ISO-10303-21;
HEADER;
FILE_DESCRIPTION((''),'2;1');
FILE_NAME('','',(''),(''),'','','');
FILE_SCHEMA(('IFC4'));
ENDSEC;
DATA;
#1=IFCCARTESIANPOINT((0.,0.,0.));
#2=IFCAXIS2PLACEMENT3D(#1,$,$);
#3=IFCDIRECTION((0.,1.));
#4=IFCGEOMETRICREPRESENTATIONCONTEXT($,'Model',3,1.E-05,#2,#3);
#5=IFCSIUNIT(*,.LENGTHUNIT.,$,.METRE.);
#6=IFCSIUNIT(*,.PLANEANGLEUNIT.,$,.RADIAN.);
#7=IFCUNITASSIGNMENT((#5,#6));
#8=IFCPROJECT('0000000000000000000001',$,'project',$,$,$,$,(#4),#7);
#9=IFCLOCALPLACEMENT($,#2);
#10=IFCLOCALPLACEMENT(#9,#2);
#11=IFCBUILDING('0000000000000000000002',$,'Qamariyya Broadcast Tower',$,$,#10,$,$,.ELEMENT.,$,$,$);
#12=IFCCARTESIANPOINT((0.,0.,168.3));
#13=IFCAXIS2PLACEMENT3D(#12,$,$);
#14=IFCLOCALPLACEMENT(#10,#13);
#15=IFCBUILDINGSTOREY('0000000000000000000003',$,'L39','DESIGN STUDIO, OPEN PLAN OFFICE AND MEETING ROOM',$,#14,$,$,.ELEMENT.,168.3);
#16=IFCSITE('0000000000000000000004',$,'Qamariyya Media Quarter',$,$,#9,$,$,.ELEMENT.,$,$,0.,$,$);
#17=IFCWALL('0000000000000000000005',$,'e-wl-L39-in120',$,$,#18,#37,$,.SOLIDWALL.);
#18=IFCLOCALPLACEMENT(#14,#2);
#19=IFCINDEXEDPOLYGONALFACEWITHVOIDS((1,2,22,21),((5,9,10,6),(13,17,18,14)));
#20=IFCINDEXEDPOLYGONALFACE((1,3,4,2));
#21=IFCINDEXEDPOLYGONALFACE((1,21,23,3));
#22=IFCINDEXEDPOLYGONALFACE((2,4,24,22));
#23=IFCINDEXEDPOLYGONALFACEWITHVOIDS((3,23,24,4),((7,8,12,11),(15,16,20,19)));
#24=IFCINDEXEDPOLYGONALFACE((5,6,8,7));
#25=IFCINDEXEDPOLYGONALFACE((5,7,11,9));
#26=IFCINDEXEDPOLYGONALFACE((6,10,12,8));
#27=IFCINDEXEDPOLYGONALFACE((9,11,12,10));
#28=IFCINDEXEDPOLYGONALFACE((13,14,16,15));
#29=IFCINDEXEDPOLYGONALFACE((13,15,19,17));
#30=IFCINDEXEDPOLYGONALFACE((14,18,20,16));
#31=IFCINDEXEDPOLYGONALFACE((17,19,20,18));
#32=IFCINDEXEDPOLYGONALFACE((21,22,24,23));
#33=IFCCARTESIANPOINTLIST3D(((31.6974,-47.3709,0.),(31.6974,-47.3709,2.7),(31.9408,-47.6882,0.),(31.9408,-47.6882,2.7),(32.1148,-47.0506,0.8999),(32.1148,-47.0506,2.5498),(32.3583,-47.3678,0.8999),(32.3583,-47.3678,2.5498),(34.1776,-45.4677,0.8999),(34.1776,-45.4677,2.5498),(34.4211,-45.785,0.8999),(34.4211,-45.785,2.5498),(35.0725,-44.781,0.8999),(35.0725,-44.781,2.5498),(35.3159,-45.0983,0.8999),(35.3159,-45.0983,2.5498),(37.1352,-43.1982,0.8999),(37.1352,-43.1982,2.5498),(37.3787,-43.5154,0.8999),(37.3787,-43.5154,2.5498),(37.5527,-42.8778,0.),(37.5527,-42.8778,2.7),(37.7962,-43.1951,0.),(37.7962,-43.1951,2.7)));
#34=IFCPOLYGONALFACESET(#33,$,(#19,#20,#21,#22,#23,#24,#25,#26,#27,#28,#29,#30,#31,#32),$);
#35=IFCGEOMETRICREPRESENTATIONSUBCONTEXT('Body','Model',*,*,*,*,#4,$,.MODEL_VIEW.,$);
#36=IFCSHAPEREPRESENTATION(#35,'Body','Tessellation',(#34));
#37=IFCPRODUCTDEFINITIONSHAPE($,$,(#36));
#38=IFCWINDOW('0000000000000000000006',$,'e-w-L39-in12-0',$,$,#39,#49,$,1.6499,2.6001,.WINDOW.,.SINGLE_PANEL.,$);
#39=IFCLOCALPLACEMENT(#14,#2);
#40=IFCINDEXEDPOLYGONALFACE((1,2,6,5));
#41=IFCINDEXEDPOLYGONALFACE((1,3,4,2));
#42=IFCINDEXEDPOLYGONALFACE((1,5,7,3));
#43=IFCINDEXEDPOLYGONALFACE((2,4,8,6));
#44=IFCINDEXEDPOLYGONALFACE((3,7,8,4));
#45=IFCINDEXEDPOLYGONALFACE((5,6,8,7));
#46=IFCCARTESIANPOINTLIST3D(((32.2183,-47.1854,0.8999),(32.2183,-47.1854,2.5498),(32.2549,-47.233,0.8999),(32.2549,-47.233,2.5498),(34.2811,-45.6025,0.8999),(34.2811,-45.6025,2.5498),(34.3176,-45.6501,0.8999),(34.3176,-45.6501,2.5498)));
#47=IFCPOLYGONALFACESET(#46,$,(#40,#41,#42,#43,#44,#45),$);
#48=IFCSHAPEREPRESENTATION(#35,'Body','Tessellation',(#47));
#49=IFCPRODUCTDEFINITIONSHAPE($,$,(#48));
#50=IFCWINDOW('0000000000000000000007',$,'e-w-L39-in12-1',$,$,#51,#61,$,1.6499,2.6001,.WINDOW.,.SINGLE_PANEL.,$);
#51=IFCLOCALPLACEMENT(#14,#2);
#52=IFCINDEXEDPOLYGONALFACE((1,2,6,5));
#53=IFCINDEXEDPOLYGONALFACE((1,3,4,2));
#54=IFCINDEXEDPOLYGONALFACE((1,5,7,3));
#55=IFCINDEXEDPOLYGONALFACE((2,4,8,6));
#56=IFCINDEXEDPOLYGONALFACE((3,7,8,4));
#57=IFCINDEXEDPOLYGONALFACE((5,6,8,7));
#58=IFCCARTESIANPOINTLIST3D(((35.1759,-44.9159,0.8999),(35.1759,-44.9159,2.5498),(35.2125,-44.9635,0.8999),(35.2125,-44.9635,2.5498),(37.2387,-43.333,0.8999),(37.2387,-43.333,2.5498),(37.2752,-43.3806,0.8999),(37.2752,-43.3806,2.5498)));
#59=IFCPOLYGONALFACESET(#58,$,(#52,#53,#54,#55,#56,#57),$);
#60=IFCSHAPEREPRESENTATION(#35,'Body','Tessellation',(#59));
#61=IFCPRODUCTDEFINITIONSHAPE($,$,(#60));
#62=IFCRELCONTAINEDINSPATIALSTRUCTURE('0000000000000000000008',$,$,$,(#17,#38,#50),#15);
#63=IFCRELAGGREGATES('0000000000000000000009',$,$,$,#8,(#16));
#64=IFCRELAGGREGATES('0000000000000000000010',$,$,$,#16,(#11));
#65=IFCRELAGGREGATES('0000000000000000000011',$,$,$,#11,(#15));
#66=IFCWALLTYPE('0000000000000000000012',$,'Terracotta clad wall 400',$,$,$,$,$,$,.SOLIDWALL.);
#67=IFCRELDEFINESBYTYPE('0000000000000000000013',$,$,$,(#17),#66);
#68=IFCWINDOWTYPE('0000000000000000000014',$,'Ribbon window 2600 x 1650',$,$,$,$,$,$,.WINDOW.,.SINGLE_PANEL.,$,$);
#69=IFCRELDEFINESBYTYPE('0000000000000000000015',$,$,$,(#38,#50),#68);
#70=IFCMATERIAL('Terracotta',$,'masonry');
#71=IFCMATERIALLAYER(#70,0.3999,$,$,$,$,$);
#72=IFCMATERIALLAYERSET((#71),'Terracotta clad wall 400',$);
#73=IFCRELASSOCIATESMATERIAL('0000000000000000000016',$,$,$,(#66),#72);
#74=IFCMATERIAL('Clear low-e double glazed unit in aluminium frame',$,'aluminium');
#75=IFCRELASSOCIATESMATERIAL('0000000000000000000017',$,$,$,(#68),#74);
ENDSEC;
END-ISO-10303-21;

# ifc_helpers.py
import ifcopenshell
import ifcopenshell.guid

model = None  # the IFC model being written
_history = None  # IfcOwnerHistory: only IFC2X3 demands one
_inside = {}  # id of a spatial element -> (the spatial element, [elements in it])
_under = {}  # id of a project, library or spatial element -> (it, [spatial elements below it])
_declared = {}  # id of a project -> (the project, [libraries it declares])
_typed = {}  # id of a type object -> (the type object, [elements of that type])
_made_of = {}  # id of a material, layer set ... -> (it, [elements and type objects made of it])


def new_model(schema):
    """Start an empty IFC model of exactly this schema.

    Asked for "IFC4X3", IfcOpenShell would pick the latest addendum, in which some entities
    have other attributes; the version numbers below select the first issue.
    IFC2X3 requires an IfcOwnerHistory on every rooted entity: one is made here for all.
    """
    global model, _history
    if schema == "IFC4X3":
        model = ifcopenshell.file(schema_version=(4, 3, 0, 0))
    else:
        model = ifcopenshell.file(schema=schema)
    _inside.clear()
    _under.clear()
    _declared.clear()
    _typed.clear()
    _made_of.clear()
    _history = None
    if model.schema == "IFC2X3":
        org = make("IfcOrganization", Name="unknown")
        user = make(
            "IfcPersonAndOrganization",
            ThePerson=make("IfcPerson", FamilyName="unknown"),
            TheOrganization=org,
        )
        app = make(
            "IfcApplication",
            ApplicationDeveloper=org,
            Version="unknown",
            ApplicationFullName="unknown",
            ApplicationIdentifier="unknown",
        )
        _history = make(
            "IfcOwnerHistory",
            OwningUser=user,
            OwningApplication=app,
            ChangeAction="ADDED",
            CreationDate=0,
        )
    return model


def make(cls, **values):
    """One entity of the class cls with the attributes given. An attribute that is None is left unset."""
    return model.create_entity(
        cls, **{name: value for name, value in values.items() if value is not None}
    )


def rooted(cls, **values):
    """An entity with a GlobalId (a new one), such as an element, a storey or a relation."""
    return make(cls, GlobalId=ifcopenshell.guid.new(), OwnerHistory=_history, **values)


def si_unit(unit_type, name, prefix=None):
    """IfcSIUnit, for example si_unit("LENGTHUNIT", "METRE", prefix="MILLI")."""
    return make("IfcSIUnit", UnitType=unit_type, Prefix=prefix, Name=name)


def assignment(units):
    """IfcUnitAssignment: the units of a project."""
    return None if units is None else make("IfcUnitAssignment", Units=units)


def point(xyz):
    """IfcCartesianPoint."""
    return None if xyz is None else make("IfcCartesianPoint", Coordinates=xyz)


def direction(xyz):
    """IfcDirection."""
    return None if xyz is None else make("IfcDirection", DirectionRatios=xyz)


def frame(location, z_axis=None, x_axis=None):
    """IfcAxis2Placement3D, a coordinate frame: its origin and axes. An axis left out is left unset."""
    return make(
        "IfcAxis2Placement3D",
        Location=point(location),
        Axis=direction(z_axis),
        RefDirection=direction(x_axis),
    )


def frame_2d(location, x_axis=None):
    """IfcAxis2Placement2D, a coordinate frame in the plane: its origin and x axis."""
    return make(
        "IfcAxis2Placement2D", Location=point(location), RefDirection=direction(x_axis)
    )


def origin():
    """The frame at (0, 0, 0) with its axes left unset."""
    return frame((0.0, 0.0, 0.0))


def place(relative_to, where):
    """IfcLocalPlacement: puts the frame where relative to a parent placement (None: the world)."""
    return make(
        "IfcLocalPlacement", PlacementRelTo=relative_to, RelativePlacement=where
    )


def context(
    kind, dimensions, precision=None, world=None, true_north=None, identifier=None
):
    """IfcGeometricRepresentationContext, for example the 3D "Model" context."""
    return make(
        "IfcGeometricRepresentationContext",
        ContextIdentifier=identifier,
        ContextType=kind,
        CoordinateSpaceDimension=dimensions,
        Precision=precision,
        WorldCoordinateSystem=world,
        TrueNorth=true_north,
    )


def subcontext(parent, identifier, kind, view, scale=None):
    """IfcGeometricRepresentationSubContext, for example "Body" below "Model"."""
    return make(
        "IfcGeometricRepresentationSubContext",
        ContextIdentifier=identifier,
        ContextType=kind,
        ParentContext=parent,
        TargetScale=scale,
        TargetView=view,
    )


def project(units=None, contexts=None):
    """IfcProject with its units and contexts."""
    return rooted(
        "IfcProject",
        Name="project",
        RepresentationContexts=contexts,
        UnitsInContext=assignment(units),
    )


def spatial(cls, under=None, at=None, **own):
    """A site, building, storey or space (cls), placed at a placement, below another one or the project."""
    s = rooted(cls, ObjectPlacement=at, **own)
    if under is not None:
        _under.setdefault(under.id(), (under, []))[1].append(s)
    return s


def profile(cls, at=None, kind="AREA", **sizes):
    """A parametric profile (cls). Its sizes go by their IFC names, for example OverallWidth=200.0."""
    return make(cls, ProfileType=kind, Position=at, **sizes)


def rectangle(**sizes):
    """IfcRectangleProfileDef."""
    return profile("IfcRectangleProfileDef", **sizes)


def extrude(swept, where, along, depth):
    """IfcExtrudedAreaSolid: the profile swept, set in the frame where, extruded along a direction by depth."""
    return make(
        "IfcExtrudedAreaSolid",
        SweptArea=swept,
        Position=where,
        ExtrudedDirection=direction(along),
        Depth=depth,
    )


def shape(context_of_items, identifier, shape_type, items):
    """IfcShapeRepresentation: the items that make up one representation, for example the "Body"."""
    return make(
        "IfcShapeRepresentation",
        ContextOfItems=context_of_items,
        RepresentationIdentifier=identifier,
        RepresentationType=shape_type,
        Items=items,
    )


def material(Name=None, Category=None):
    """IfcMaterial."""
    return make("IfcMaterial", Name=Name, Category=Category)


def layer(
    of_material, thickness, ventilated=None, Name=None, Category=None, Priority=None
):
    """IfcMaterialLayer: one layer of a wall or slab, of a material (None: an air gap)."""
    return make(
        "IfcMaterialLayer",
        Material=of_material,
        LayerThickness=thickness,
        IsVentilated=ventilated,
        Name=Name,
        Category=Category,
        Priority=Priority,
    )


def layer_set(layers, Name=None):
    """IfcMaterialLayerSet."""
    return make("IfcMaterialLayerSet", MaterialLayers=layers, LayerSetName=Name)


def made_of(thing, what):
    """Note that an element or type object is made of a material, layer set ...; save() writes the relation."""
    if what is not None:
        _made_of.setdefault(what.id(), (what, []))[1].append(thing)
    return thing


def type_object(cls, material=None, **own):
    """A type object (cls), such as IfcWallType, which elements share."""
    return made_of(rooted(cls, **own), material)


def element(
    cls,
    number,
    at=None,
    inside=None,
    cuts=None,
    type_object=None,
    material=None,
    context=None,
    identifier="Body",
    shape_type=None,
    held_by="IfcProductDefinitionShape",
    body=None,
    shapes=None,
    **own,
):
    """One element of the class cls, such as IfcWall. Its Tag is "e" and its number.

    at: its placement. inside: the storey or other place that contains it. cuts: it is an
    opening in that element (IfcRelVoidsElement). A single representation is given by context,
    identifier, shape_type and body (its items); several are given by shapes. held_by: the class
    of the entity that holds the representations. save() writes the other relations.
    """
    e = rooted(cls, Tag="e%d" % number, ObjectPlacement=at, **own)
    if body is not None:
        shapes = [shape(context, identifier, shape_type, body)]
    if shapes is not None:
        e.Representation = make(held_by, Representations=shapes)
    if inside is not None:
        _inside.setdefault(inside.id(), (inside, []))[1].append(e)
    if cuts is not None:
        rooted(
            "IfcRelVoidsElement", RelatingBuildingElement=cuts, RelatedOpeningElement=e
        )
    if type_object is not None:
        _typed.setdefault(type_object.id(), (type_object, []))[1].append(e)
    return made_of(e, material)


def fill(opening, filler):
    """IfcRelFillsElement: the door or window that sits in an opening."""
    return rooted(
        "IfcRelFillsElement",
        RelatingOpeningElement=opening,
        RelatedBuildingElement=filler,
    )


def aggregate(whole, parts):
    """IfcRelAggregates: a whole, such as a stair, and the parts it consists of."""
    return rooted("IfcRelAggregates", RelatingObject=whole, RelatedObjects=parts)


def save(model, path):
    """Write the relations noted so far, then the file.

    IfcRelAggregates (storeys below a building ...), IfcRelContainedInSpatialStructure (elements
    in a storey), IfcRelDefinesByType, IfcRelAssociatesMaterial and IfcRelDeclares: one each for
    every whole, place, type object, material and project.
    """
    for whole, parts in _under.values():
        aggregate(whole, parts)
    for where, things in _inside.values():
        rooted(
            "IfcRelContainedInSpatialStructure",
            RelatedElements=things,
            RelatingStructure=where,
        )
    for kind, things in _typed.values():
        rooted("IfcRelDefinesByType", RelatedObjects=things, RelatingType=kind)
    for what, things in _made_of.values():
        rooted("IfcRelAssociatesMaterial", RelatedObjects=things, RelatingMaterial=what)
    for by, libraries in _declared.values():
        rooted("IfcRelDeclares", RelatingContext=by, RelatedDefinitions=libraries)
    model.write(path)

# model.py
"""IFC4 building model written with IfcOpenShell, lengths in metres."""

from ifc_helpers import new_model, si_unit, direction, frame, frame_2d, origin, place, context, subcontext, project, spatial, rectangle, extrude, material, layer, layer_set, type_object, element, fill, save


model = new_model("IFC4")

# Units and contexts
model_context = context("Model", 3, precision=1e-05, world=origin(), true_north=direction((0.0, 1.0)))
body_context = subcontext(model_context, "Body", "Model", "MODEL_VIEW")
ifc_project = project(units=[si_unit("LENGTHUNIT", "METRE"), si_unit("PLANEANGLEUNIT", "RADIAN")], contexts=[model_context])

# Site, building, storey
site_placement = place(None, origin())
site = spatial("IfcSite", under=ifc_project, at=site_placement, Name="Qamariyya Media Quarter", CompositionType="ELEMENT", RefElevation=0.0)
building_placement = place(site_placement, origin())
building = spatial("IfcBuilding", under=site, at=building_placement, Name="Qamariyya Broadcast Tower", CompositionType="ELEMENT")
storey_placement = place(building_placement, frame((0.0, 0.0, 168.3)))
storey = spatial("IfcBuildingStorey", under=building, at=storey_placement, Name="L39", Description="DESIGN STUDIO, OPEN PLAN OFFICE AND MEETING ROOM", CompositionType="ELEMENT", Elevation=168.3)

# Wall, openings, windows
ifc_material_1 = material(Name="Terracotta", Category="masonry")
ifc_layer = layer(ifc_material_1, 0.3999)
ifc_layer_set = layer_set([ifc_layer], Name="Terracotta clad wall 400")
wall_type = type_object("IfcWallType", Name="Terracotta clad wall 400", PredefinedType="SOLIDWALL", material=ifc_layer_set)
wall_placement = place(storey_placement, frame((37.6746, -43.0364, 0.0), z_axis=(0.0, 0.0, 1.0), x_axis=(-0.793346, -0.60877, 0.0)))
wall = element("IfcWall", 1, at=wall_placement, inside=storey, type_object=wall_type, Name="e-wl-L39-in120", PredefinedType="SOLIDWALL", context=body_context, shape_type="SweptSolid", body=[
    extrude(rectangle(XDim=7.3806, YDim=0.3999, at=frame_2d((3.6904, 0.0))), origin(), (0.0, 0.0, 1.0), 2.7),
])
opening_1_placement = place(wall_placement, frame((4.2544, 0.0, 0.8999)))
opening_1 = element("IfcOpeningElement", 2, at=opening_1_placement, cuts=wall, PredefinedType="OPENING", context=body_context, shape_type="SweptSolid", body=[
    extrude(rectangle(XDim=2.6001, YDim=1.6499, at=frame_2d((1.3, 0.825))), frame((0.0, 0.21, 0.0), z_axis=(0.0, -1.0, 0.0), x_axis=(1.0, 0.0, 0.0)), (0.0, 0.0, 1.0), 0.4199),
])
opening_2_placement = place(wall_placement, frame((0.5264, 0.0, 0.8999)))
opening_2 = element("IfcOpeningElement", 3, at=opening_2_placement, cuts=wall, PredefinedType="OPENING", context=body_context, shape_type="SweptSolid", body=[
    extrude(rectangle(XDim=2.6001, YDim=1.6499, at=frame_2d((1.3, 0.825))), frame((0.0, 0.21, 0.0), z_axis=(0.0, -1.0, 0.0), x_axis=(1.0, 0.0, 0.0)), (0.0, 0.0, 1.0), 0.4199),
])
ifc_material_2 = material(Name="Clear low-e double glazed unit in aluminium frame", Category="aluminium")
window_type = type_object("IfcWindowType", Name="Ribbon window 2600 x 1650", PartitioningType="SINGLE_PANEL", PredefinedType="WINDOW", material=ifc_material_2)
window_1_placement = place(opening_1_placement, origin())
window_1 = element("IfcWindow", 4, at=window_1_placement, inside=storey, type_object=window_type, Name="e-w-L39-in12-0", OverallHeight=1.6499, OverallWidth=2.6001, PartitioningType="SINGLE_PANEL", PredefinedType="WINDOW", context=body_context, shape_type="SweptSolid", body=[
    extrude(rectangle(XDim=2.6001, YDim=1.6499, at=frame_2d((1.3, 0.825))), frame((0.0, 0.03, 0.0), z_axis=(0.0, -1.0, 0.0), x_axis=(1.0, 0.0, 0.0)), (0.0, 0.0, 1.0), 0.0601),
])
fill(opening_1, window_1)
window_2_placement = place(opening_2_placement, origin())
window_2 = element("IfcWindow", 5, at=window_2_placement, inside=storey, type_object=window_type, Name="e-w-L39-in12-1", OverallHeight=1.6499, OverallWidth=2.6001, PartitioningType="SINGLE_PANEL", PredefinedType="WINDOW", context=body_context, shape_type="SweptSolid", body=[
    extrude(rectangle(XDim=2.6001, YDim=1.6499, at=frame_2d((1.3, 0.825))), frame((0.0, 0.03, 0.0), z_axis=(0.0, -1.0, 0.0), x_axis=(1.0, 0.0, 0.0)), (0.0, 0.0, 1.0), 0.0601),
])
fill(opening_2, window_2)

save(model, "model.ifc")
